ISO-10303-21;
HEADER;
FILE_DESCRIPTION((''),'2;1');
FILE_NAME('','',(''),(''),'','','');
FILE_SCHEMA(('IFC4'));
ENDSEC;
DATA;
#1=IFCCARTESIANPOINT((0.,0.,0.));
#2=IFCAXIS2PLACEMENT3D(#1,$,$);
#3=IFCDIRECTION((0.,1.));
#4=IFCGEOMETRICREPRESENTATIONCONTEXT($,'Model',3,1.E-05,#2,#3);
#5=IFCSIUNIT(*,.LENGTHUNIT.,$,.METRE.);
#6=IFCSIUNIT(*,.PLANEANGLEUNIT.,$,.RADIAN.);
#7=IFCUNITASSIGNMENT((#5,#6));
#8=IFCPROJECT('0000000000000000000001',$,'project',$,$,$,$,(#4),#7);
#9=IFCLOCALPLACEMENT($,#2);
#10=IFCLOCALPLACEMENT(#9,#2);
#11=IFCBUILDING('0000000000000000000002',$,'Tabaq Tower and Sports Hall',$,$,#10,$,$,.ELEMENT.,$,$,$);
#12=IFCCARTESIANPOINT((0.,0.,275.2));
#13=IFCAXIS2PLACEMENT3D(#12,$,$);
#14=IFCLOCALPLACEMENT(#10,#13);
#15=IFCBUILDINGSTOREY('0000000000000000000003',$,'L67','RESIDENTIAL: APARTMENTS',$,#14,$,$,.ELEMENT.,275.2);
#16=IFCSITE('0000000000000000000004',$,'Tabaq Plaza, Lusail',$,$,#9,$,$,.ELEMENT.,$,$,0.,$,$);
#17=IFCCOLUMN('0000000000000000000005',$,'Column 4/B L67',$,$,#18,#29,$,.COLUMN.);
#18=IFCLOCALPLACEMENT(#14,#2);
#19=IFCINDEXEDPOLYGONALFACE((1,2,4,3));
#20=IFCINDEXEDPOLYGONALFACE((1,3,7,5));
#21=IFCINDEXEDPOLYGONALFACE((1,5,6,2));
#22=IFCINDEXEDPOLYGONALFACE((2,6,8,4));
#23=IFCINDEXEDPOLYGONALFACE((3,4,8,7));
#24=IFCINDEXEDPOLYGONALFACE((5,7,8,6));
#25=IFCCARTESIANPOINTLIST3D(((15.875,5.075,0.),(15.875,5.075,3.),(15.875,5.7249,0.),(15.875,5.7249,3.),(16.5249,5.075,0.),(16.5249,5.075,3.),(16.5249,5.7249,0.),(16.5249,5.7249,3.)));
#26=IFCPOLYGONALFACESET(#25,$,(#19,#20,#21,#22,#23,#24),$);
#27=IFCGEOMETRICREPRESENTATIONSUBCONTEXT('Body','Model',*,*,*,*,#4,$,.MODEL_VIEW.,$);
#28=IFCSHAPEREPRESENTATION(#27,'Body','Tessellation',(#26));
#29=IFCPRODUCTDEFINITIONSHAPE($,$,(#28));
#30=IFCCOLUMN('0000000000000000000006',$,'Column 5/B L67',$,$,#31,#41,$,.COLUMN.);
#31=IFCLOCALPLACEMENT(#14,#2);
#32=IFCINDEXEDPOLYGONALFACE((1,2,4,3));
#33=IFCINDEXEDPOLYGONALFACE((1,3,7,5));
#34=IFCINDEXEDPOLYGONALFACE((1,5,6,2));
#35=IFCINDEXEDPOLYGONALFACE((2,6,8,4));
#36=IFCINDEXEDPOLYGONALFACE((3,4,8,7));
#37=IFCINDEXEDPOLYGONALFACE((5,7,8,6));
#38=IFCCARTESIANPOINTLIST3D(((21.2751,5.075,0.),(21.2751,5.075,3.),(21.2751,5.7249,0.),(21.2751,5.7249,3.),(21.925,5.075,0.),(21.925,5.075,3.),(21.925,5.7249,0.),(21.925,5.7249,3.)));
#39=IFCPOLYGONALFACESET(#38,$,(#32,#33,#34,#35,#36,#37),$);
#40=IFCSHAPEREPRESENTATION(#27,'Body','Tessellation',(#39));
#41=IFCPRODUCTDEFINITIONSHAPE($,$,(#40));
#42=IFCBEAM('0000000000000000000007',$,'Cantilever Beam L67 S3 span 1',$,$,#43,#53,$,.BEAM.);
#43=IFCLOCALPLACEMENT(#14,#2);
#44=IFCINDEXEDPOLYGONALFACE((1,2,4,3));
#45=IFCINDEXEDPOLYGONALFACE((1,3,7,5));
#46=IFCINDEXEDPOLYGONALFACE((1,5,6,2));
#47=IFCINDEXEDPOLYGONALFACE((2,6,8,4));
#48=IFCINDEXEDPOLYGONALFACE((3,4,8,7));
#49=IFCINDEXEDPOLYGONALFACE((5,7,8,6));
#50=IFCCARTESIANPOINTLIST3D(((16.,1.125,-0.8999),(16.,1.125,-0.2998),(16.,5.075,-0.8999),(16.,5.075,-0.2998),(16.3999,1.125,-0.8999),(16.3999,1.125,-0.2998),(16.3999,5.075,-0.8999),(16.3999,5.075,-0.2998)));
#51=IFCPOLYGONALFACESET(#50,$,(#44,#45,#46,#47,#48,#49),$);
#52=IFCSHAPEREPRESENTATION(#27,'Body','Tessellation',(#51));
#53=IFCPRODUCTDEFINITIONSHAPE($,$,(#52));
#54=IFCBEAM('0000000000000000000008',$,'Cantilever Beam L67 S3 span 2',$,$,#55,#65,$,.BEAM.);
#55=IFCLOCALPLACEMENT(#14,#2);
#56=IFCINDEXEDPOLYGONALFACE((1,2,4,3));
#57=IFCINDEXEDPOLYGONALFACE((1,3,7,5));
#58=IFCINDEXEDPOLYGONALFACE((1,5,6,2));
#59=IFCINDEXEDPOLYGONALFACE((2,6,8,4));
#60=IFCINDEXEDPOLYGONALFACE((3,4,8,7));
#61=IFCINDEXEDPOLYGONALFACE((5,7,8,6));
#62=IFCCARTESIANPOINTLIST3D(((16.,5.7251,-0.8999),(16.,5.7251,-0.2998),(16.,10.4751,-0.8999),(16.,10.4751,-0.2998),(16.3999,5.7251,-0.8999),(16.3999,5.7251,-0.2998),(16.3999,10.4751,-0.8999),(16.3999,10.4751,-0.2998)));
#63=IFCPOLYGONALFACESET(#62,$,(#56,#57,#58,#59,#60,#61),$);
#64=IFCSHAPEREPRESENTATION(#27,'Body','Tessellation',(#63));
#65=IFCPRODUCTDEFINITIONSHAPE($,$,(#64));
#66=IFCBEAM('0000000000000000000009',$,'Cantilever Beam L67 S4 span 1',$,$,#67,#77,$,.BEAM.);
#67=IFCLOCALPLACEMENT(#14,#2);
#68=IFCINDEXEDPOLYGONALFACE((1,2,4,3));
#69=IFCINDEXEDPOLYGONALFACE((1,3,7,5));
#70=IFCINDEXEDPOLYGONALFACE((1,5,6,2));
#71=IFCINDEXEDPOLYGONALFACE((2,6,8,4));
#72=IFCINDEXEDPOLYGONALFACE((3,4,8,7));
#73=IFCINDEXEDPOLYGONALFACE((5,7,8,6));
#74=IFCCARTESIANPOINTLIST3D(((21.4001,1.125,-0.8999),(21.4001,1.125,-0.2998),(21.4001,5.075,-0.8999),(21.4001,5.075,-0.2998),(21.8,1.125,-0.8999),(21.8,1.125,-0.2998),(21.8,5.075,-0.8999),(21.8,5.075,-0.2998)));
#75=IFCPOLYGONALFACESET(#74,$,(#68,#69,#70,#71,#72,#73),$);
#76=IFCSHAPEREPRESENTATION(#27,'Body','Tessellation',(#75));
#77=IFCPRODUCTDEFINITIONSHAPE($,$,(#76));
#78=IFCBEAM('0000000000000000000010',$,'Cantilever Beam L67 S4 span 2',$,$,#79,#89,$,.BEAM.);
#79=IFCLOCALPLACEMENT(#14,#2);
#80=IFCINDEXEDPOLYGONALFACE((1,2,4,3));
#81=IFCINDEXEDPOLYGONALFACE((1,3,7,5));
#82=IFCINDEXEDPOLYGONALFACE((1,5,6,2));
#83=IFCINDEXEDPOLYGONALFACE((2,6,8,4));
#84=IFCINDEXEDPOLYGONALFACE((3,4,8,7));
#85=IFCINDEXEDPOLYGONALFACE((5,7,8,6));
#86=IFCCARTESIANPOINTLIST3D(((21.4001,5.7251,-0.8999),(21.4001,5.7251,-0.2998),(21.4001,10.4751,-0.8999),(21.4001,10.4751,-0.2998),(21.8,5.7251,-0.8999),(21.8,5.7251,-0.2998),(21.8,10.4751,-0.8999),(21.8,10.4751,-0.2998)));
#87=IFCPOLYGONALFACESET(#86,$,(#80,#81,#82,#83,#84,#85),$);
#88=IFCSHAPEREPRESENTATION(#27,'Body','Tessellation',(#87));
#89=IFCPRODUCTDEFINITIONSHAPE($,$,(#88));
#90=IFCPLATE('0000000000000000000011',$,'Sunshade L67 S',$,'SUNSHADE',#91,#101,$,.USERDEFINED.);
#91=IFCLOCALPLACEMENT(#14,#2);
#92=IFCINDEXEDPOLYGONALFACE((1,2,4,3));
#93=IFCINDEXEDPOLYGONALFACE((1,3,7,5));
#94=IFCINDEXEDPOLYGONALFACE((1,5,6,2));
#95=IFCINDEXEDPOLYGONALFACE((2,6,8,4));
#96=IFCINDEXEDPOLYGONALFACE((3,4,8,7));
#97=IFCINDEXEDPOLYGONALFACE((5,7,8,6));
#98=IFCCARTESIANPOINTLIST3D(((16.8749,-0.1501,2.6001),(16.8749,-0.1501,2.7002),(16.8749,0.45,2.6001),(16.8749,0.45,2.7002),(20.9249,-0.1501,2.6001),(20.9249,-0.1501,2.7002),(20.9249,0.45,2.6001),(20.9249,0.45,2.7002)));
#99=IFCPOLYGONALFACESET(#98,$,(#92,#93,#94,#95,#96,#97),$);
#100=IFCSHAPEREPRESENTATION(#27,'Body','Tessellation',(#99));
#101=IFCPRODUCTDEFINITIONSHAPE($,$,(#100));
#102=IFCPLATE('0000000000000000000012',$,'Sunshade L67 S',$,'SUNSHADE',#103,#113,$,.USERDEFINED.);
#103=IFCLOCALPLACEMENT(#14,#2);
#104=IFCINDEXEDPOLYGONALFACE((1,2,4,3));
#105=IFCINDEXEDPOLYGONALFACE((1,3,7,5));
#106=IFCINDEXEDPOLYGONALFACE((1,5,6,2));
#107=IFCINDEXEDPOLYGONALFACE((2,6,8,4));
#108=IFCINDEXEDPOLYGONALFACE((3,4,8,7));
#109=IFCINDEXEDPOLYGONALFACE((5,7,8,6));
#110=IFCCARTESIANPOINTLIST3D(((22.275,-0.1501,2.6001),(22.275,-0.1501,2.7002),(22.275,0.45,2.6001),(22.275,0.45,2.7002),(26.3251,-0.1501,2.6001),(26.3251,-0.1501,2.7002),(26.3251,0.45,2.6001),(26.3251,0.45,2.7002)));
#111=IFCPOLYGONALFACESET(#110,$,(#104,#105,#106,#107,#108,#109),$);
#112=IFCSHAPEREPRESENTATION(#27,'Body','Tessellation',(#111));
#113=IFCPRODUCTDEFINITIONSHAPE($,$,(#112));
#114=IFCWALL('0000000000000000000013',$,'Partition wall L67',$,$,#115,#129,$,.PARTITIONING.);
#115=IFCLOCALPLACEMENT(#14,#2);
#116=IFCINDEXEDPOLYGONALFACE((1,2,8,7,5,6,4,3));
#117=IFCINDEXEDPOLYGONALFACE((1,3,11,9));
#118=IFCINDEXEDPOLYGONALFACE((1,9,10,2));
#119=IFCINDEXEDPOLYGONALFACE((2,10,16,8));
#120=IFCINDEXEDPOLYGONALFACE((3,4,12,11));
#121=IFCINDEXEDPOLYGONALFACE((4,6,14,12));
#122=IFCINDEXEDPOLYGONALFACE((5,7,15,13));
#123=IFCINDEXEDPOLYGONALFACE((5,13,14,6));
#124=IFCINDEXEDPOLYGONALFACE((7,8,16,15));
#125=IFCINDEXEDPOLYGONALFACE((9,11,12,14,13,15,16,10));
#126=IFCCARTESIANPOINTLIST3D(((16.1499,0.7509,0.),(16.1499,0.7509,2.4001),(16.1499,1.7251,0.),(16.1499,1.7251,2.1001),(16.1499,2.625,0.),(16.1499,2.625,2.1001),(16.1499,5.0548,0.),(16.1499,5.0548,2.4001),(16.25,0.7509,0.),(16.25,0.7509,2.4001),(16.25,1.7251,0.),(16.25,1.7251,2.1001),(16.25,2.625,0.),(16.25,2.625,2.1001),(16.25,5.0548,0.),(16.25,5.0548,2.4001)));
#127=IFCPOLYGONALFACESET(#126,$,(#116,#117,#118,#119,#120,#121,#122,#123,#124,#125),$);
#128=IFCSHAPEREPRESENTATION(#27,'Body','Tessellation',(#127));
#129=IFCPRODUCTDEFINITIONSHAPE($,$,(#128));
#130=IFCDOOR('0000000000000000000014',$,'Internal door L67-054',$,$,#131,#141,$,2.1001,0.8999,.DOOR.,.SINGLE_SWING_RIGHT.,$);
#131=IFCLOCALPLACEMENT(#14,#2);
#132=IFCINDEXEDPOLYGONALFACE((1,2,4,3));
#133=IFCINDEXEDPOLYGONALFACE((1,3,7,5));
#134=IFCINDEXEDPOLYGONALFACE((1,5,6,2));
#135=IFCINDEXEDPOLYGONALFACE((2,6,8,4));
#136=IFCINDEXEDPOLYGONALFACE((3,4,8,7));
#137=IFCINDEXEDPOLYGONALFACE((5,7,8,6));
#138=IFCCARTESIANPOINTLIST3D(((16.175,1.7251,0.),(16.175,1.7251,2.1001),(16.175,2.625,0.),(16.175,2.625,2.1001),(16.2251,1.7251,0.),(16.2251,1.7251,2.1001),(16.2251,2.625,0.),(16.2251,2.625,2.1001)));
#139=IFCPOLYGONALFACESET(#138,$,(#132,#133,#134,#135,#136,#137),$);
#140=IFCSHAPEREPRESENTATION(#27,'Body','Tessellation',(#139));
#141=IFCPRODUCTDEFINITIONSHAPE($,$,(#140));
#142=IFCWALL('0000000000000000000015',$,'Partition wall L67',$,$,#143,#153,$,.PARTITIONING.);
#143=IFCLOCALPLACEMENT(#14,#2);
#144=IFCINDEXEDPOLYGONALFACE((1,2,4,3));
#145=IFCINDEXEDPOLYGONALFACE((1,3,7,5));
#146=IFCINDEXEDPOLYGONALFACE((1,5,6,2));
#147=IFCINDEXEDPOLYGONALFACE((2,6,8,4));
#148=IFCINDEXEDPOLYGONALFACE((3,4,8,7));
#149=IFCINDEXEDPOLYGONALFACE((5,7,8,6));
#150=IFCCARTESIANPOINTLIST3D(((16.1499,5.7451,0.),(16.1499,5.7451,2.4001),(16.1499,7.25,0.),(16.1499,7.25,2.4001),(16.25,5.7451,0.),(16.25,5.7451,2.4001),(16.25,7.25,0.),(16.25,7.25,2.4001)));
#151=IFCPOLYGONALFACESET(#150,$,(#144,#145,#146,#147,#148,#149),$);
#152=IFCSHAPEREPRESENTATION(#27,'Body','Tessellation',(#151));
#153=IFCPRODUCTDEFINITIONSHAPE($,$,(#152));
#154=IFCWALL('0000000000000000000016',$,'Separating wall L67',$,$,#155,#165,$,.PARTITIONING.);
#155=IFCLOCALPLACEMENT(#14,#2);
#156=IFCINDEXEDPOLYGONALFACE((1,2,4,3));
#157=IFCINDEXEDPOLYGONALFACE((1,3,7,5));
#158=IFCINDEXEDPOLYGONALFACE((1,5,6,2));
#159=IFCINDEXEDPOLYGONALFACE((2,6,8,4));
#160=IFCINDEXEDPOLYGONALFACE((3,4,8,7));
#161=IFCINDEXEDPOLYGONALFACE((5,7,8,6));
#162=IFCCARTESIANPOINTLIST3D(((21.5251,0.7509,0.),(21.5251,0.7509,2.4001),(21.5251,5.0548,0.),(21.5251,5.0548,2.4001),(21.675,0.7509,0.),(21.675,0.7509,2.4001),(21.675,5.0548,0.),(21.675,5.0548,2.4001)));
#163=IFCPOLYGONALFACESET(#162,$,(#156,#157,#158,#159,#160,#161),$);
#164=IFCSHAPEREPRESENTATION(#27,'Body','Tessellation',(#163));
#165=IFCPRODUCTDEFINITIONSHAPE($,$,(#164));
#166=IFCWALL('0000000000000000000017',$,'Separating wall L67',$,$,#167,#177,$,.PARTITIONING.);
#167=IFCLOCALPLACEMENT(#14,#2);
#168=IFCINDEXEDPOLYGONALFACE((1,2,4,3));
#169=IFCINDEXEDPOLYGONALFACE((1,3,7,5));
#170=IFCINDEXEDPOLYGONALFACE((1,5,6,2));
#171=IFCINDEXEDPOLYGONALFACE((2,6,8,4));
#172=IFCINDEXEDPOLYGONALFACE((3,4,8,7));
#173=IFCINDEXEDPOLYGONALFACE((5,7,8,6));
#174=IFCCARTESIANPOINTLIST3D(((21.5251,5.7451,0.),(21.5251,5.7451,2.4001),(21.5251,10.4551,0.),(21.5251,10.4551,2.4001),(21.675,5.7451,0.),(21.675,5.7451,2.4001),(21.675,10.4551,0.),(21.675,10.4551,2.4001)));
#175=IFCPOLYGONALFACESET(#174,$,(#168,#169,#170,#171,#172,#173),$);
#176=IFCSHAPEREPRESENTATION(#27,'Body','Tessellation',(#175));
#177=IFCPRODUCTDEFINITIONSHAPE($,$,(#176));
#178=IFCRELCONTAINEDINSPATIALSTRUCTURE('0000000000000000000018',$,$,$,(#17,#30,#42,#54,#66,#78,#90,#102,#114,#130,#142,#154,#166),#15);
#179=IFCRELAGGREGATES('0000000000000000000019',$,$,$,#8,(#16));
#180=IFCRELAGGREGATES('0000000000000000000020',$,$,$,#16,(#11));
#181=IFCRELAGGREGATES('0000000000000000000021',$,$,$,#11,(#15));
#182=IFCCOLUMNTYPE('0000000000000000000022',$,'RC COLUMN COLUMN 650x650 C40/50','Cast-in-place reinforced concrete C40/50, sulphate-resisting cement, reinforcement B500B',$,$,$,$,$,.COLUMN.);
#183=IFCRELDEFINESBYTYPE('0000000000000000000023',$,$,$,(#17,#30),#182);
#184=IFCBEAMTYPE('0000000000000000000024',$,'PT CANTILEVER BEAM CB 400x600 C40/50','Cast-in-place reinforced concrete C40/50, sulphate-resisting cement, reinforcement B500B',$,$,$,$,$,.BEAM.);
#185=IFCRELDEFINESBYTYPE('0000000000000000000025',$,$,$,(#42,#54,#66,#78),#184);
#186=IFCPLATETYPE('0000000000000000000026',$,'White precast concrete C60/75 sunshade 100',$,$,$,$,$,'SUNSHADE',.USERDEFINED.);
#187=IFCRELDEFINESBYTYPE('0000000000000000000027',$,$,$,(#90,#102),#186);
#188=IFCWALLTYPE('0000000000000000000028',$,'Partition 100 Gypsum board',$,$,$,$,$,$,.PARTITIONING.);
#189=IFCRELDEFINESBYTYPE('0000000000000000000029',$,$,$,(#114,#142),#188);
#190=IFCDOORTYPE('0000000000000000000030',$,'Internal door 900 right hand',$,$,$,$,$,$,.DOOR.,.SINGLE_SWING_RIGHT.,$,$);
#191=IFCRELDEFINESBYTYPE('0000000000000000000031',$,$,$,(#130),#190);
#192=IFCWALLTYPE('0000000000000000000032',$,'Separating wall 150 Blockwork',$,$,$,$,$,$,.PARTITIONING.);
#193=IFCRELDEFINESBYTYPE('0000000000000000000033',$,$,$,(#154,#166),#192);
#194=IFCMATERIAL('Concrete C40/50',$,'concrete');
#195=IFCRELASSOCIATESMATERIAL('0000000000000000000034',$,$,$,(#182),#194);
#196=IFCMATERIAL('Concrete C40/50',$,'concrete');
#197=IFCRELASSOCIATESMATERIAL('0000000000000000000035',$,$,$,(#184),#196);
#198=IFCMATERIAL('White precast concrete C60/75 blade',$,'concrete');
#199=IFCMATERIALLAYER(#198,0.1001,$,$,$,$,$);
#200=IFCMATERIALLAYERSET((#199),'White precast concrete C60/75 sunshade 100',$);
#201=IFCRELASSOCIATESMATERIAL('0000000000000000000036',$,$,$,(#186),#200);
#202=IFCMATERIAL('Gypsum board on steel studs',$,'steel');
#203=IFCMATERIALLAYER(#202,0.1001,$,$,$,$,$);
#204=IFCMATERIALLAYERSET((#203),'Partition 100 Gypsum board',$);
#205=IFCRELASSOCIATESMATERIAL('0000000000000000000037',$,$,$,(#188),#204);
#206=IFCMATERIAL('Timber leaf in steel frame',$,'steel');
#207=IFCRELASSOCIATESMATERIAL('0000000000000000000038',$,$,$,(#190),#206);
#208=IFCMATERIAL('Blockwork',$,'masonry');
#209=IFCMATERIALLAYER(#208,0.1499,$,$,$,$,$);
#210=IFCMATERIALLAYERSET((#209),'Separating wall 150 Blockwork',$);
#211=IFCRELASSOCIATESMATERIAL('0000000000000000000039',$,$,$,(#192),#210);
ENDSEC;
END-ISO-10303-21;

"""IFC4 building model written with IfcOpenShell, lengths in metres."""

from ifc_helpers import new_model, si_unit, direction, frame, frame_2d, origin, origin_2d, place, context, subcontext, project, spatial, rectangle, extrude, material, layer, layer_set, material_profile, profile_set, type_object, element, fill, save


model = new_model("IFC4")

# Units and contexts
model_context = context("Model", 3, precision=1e-05, world=origin(), true_north=direction((0.0, 1.0)))
body_context = subcontext(model_context, "Body", "Model", "MODEL_VIEW")
ifc_project = project(units=[si_unit("LENGTHUNIT", "METRE"), si_unit("PLANEANGLEUNIT", "RADIAN")], contexts=[model_context])

# Site, building, storey
site_placement = place(None, origin())
site = spatial("IfcSite", under=ifc_project, at=site_placement, Name="Tabaq Plaza, Lusail", CompositionType="ELEMENT", RefElevation=0.0)
building_placement = place(site_placement, origin())
building = spatial("IfcBuilding", under=site, at=building_placement, Name="Tabaq Tower and Sports Hall", CompositionType="ELEMENT")
storey_placement = place(building_placement, frame((0.0, 0.0, 275.2)))
storey = spatial("IfcBuildingStorey", under=building, at=storey_placement, Name="L67", Description="RESIDENTIAL: APARTMENTS", CompositionType="ELEMENT", Elevation=275.2)

# Columns
ifc_material_1 = material(Name="Concrete C40/50", Category="concrete")
ifc_material_profile_1 = material_profile(ifc_material_1, rectangle(XDim=0.6499, YDim=0.6499, at=origin_2d()), Name="COLUMN 650x650")
ifc_profile_set_1 = profile_set([ifc_material_profile_1], Name="Concrete C40/50")
column_type = type_object("IfcColumnType", Name="RC COLUMN COLUMN 650x650 C40/50", Description="Cast-in-place reinforced concrete C40/50, sulphate-resisting cement, reinforcement B500B", PredefinedType="COLUMN", material=ifc_profile_set_1)
for number, where, z_axis, x_axis, name in (
    (1, (16.2, 5.3999, 0.0), (0.0, 0.0, 1.0), (1.0, 0.0, 0.0), "Column 4/B L67"),
    (2, (21.6001, 5.3999, 0.0), (0.0, 0.0, 1.0), (1.0, 0.0, 0.0), "Column 5/B L67"),
):
    element("IfcColumn", number, at=place(storey_placement, frame(where, z_axis=z_axis, x_axis=x_axis)), inside=storey, type_object=column_type, Name=name, PredefinedType="COLUMN", context=body_context, shape_type="SweptSolid", body=[
        extrude(rectangle(XDim=0.6499, YDim=0.6499, at=origin_2d()), origin(), (0.0, 0.0, 1.0), 3.0),
    ])

# Beams
ifc_material_2 = material(Name="Concrete C40/50", Category="concrete")
ifc_material_profile_2 = material_profile(ifc_material_2, rectangle(XDim=0.3999, YDim=0.6001, at=origin_2d()), Name="CB 400x600")
ifc_profile_set_2 = profile_set([ifc_material_profile_2], Name="Concrete C40/50")
beam_type = type_object("IfcBeamType", Name="PT CANTILEVER BEAM CB 400x600 C40/50", Description="Cast-in-place reinforced concrete C40/50, sulphate-resisting cement, reinforcement B500B", PredefinedType="BEAM", material=ifc_profile_set_2)
beam_1_placement = place(storey_placement, frame((16.2, 1.125, -0.5999), z_axis=(0.0, 1.0, 0.0), x_axis=(-1.0, 0.0, 0.0)))
element("IfcBeam", 3, at=beam_1_placement, inside=storey, type_object=beam_type, Name="Cantilever Beam L67 S3 span 1", PredefinedType="BEAM", context=body_context, shape_type="SweptSolid", body=[
    extrude(rectangle(XDim=0.3999, YDim=0.6001, at=origin_2d()), origin(), (0.0, 0.0, 1.0), 3.95),
])
beam_2_placement = place(storey_placement, frame((16.2, 5.7251, -0.5999), z_axis=(0.0, 1.0, 0.0), x_axis=(-1.0, 0.0, 0.0)))
element("IfcBeam", 4, at=beam_2_placement, inside=storey, type_object=beam_type, Name="Cantilever Beam L67 S3 span 2", PredefinedType="BEAM", context=body_context, shape_type="SweptSolid", body=[
    extrude(rectangle(XDim=0.3999, YDim=0.6001, at=origin_2d()), origin(), (0.0, 0.0, 1.0), 4.75),
])
beam_3_placement = place(storey_placement, frame((21.6001, 1.125, -0.5999), z_axis=(0.0, 1.0, 0.0), x_axis=(-1.0, 0.0, 0.0)))
element("IfcBeam", 5, at=beam_3_placement, inside=storey, type_object=beam_type, Name="Cantilever Beam L67 S4 span 1", PredefinedType="BEAM", context=body_context, shape_type="SweptSolid", body=[
    extrude(rectangle(XDim=0.3999, YDim=0.6001, at=origin_2d()), origin(), (0.0, 0.0, 1.0), 3.95),
])
beam_4_placement = place(storey_placement, frame((21.6001, 5.7251, -0.5999), z_axis=(0.0, 1.0, 0.0), x_axis=(-1.0, 0.0, 0.0)))
element("IfcBeam", 6, at=beam_4_placement, inside=storey, type_object=beam_type, Name="Cantilever Beam L67 S4 span 2", PredefinedType="BEAM", context=body_context, shape_type="SweptSolid", body=[
    extrude(rectangle(XDim=0.3999, YDim=0.6001, at=origin_2d()), origin(), (0.0, 0.0, 1.0), 4.75),
])

# Plates
ifc_material_3 = material(Name="White precast concrete C60/75 blade", Category="concrete")
ifc_layer_1 = layer(ifc_material_3, 0.1001)
ifc_layer_set_1 = layer_set([ifc_layer_1], Name="White precast concrete C60/75 sunshade 100")
plate_type = type_object("IfcPlateType", Name="White precast concrete C60/75 sunshade 100", ElementType="SUNSHADE", PredefinedType="USERDEFINED", material=ifc_layer_set_1)
for number, where, z_axis, x_axis, name in (
    (7, (18.8999, 0.1499, 2.6001), (0.0, 0.0, 1.0), (1.0, 0.0, 0.0), "Sunshade L67 S"),
    (8, (24.3, 0.1499, 2.6001), (0.0, 0.0, 1.0), (1.0, 0.0, 0.0), "Sunshade L67 S"),
):
    element("IfcPlate", number, at=place(storey_placement, frame(where, z_axis=z_axis, x_axis=x_axis)), inside=storey, type_object=plate_type, Name=name, ObjectType="SUNSHADE", PredefinedType="USERDEFINED", context=body_context, shape_type="SweptSolid", body=[
        extrude(rectangle(XDim=4.05, YDim=0.6001, at=origin_2d()), origin(), (0.0, 0.0, 1.0), 0.1001),
    ])

# Wall, opening, door
ifc_material_4 = material(Name="Gypsum board on steel studs", Category="steel")
ifc_layer_2 = layer(ifc_material_4, 0.1001)
ifc_layer_set_2 = layer_set([ifc_layer_2], Name="Partition 100 Gypsum board")
wall_type_1 = type_object("IfcWallType", Name="Partition 100 Gypsum board", PredefinedType="PARTITIONING", material=ifc_layer_set_2)
wall_1_placement = place(storey_placement, frame((16.2, 0.751, 0.0), z_axis=(0.0, 0.0, 1.0), x_axis=(0.0, 1.0, 0.0)))
wall_1 = element("IfcWall", 9, at=wall_1_placement, inside=storey, type_object=wall_type_1, Name="Partition wall L67", PredefinedType="PARTITIONING", context=body_context, shape_type="SweptSolid", body=[
    extrude(rectangle(XDim=4.304, YDim=0.1001, at=frame_2d((2.1519, 0.0))), origin(), (0.0, 0.0, 1.0), 2.4001),
])
opening_placement = place(wall_1_placement, frame((0.9741, 0.0, 0.0)))
opening = element("IfcOpeningElement", 10, at=opening_placement, cuts=wall_1, PredefinedType="OPENING", context=body_context, shape_type="SweptSolid", body=[
    extrude(rectangle(XDim=0.8999, YDim=2.1001, at=frame_2d((0.45, 1.05))), frame((0.0, 0.05, 0.0), z_axis=(0.0, -1.0, 0.0), x_axis=(1.0, 0.0, 0.0)), (0.0, 0.0, 1.0), 0.1001),
])
ifc_material_5 = material(Name="Timber leaf in steel frame", Category="steel")
door_type = type_object("IfcDoorType", Name="Internal door 900 right hand", OperationType="SINGLE_SWING_RIGHT", PredefinedType="DOOR", material=ifc_material_5)
door_placement = place(opening_placement, origin())
door = element("IfcDoor", 11, at=door_placement, inside=storey, type_object=door_type, Name="Internal door L67-054", OperationType="SINGLE_SWING_RIGHT", OverallHeight=2.1001, OverallWidth=0.8999, PredefinedType="DOOR", context=body_context, shape_type="SweptSolid", body=[
    extrude(rectangle(XDim=0.8999, YDim=2.1001, at=frame_2d((0.45, 1.05))), frame((0.0, 0.0249, 0.0), z_axis=(0.0, -1.0, 0.0), x_axis=(1.0, 0.0, 0.0)), (0.0, 0.0, 1.0), 0.05),
])
fill(opening, door)

# Walls
wall_2_placement = place(storey_placement, frame((16.2, 5.7451, 0.0), z_axis=(0.0, 0.0, 1.0), x_axis=(0.0, 1.0, 0.0)))
element("IfcWall", 12, at=wall_2_placement, inside=storey, type_object=wall_type_1, Name="Partition wall L67", PredefinedType="PARTITIONING", context=body_context, shape_type="SweptSolid", body=[
    extrude(rectangle(XDim=1.5049, YDim=0.1001, at=frame_2d((0.7524, 0.0))), origin(), (0.0, 0.0, 1.0), 2.4001),
])
ifc_material_6 = material(Name="Blockwork", Category="masonry")
ifc_layer_3 = layer(ifc_material_6, 0.1499)
ifc_layer_set_3 = layer_set([ifc_layer_3], Name="Separating wall 150 Blockwork")
wall_type_2 = type_object("IfcWallType", Name="Separating wall 150 Blockwork", PredefinedType="PARTITIONING", material=ifc_layer_set_3)
wall_3_placement = place(storey_placement, frame((21.6001, 0.751, 0.0), z_axis=(0.0, 0.0, 1.0), x_axis=(0.0, 1.0, 0.0)))
element("IfcWall", 13, at=wall_3_placement, inside=storey, type_object=wall_type_2, Name="Separating wall L67", PredefinedType="PARTITIONING", context=body_context, shape_type="SweptSolid", body=[
    extrude(rectangle(XDim=4.304, YDim=0.1499, at=frame_2d((2.1519, 0.0))), origin(), (0.0, 0.0, 1.0), 2.4001),
])
wall_4_placement = place(storey_placement, frame((21.6001, 5.7451, 0.0), z_axis=(0.0, 0.0, 1.0), x_axis=(0.0, 1.0, 0.0)))
element("IfcWall", 14, at=wall_4_placement, inside=storey, type_object=wall_type_2, Name="Separating wall L67", PredefinedType="PARTITIONING", context=body_context, shape_type="SweptSolid", body=[
    extrude(rectangle(XDim=4.71, YDim=0.1499, at=frame_2d((2.355, 0.0))), origin(), (0.0, 0.0, 1.0), 2.4001),
])

save(model, "model.ifc")
